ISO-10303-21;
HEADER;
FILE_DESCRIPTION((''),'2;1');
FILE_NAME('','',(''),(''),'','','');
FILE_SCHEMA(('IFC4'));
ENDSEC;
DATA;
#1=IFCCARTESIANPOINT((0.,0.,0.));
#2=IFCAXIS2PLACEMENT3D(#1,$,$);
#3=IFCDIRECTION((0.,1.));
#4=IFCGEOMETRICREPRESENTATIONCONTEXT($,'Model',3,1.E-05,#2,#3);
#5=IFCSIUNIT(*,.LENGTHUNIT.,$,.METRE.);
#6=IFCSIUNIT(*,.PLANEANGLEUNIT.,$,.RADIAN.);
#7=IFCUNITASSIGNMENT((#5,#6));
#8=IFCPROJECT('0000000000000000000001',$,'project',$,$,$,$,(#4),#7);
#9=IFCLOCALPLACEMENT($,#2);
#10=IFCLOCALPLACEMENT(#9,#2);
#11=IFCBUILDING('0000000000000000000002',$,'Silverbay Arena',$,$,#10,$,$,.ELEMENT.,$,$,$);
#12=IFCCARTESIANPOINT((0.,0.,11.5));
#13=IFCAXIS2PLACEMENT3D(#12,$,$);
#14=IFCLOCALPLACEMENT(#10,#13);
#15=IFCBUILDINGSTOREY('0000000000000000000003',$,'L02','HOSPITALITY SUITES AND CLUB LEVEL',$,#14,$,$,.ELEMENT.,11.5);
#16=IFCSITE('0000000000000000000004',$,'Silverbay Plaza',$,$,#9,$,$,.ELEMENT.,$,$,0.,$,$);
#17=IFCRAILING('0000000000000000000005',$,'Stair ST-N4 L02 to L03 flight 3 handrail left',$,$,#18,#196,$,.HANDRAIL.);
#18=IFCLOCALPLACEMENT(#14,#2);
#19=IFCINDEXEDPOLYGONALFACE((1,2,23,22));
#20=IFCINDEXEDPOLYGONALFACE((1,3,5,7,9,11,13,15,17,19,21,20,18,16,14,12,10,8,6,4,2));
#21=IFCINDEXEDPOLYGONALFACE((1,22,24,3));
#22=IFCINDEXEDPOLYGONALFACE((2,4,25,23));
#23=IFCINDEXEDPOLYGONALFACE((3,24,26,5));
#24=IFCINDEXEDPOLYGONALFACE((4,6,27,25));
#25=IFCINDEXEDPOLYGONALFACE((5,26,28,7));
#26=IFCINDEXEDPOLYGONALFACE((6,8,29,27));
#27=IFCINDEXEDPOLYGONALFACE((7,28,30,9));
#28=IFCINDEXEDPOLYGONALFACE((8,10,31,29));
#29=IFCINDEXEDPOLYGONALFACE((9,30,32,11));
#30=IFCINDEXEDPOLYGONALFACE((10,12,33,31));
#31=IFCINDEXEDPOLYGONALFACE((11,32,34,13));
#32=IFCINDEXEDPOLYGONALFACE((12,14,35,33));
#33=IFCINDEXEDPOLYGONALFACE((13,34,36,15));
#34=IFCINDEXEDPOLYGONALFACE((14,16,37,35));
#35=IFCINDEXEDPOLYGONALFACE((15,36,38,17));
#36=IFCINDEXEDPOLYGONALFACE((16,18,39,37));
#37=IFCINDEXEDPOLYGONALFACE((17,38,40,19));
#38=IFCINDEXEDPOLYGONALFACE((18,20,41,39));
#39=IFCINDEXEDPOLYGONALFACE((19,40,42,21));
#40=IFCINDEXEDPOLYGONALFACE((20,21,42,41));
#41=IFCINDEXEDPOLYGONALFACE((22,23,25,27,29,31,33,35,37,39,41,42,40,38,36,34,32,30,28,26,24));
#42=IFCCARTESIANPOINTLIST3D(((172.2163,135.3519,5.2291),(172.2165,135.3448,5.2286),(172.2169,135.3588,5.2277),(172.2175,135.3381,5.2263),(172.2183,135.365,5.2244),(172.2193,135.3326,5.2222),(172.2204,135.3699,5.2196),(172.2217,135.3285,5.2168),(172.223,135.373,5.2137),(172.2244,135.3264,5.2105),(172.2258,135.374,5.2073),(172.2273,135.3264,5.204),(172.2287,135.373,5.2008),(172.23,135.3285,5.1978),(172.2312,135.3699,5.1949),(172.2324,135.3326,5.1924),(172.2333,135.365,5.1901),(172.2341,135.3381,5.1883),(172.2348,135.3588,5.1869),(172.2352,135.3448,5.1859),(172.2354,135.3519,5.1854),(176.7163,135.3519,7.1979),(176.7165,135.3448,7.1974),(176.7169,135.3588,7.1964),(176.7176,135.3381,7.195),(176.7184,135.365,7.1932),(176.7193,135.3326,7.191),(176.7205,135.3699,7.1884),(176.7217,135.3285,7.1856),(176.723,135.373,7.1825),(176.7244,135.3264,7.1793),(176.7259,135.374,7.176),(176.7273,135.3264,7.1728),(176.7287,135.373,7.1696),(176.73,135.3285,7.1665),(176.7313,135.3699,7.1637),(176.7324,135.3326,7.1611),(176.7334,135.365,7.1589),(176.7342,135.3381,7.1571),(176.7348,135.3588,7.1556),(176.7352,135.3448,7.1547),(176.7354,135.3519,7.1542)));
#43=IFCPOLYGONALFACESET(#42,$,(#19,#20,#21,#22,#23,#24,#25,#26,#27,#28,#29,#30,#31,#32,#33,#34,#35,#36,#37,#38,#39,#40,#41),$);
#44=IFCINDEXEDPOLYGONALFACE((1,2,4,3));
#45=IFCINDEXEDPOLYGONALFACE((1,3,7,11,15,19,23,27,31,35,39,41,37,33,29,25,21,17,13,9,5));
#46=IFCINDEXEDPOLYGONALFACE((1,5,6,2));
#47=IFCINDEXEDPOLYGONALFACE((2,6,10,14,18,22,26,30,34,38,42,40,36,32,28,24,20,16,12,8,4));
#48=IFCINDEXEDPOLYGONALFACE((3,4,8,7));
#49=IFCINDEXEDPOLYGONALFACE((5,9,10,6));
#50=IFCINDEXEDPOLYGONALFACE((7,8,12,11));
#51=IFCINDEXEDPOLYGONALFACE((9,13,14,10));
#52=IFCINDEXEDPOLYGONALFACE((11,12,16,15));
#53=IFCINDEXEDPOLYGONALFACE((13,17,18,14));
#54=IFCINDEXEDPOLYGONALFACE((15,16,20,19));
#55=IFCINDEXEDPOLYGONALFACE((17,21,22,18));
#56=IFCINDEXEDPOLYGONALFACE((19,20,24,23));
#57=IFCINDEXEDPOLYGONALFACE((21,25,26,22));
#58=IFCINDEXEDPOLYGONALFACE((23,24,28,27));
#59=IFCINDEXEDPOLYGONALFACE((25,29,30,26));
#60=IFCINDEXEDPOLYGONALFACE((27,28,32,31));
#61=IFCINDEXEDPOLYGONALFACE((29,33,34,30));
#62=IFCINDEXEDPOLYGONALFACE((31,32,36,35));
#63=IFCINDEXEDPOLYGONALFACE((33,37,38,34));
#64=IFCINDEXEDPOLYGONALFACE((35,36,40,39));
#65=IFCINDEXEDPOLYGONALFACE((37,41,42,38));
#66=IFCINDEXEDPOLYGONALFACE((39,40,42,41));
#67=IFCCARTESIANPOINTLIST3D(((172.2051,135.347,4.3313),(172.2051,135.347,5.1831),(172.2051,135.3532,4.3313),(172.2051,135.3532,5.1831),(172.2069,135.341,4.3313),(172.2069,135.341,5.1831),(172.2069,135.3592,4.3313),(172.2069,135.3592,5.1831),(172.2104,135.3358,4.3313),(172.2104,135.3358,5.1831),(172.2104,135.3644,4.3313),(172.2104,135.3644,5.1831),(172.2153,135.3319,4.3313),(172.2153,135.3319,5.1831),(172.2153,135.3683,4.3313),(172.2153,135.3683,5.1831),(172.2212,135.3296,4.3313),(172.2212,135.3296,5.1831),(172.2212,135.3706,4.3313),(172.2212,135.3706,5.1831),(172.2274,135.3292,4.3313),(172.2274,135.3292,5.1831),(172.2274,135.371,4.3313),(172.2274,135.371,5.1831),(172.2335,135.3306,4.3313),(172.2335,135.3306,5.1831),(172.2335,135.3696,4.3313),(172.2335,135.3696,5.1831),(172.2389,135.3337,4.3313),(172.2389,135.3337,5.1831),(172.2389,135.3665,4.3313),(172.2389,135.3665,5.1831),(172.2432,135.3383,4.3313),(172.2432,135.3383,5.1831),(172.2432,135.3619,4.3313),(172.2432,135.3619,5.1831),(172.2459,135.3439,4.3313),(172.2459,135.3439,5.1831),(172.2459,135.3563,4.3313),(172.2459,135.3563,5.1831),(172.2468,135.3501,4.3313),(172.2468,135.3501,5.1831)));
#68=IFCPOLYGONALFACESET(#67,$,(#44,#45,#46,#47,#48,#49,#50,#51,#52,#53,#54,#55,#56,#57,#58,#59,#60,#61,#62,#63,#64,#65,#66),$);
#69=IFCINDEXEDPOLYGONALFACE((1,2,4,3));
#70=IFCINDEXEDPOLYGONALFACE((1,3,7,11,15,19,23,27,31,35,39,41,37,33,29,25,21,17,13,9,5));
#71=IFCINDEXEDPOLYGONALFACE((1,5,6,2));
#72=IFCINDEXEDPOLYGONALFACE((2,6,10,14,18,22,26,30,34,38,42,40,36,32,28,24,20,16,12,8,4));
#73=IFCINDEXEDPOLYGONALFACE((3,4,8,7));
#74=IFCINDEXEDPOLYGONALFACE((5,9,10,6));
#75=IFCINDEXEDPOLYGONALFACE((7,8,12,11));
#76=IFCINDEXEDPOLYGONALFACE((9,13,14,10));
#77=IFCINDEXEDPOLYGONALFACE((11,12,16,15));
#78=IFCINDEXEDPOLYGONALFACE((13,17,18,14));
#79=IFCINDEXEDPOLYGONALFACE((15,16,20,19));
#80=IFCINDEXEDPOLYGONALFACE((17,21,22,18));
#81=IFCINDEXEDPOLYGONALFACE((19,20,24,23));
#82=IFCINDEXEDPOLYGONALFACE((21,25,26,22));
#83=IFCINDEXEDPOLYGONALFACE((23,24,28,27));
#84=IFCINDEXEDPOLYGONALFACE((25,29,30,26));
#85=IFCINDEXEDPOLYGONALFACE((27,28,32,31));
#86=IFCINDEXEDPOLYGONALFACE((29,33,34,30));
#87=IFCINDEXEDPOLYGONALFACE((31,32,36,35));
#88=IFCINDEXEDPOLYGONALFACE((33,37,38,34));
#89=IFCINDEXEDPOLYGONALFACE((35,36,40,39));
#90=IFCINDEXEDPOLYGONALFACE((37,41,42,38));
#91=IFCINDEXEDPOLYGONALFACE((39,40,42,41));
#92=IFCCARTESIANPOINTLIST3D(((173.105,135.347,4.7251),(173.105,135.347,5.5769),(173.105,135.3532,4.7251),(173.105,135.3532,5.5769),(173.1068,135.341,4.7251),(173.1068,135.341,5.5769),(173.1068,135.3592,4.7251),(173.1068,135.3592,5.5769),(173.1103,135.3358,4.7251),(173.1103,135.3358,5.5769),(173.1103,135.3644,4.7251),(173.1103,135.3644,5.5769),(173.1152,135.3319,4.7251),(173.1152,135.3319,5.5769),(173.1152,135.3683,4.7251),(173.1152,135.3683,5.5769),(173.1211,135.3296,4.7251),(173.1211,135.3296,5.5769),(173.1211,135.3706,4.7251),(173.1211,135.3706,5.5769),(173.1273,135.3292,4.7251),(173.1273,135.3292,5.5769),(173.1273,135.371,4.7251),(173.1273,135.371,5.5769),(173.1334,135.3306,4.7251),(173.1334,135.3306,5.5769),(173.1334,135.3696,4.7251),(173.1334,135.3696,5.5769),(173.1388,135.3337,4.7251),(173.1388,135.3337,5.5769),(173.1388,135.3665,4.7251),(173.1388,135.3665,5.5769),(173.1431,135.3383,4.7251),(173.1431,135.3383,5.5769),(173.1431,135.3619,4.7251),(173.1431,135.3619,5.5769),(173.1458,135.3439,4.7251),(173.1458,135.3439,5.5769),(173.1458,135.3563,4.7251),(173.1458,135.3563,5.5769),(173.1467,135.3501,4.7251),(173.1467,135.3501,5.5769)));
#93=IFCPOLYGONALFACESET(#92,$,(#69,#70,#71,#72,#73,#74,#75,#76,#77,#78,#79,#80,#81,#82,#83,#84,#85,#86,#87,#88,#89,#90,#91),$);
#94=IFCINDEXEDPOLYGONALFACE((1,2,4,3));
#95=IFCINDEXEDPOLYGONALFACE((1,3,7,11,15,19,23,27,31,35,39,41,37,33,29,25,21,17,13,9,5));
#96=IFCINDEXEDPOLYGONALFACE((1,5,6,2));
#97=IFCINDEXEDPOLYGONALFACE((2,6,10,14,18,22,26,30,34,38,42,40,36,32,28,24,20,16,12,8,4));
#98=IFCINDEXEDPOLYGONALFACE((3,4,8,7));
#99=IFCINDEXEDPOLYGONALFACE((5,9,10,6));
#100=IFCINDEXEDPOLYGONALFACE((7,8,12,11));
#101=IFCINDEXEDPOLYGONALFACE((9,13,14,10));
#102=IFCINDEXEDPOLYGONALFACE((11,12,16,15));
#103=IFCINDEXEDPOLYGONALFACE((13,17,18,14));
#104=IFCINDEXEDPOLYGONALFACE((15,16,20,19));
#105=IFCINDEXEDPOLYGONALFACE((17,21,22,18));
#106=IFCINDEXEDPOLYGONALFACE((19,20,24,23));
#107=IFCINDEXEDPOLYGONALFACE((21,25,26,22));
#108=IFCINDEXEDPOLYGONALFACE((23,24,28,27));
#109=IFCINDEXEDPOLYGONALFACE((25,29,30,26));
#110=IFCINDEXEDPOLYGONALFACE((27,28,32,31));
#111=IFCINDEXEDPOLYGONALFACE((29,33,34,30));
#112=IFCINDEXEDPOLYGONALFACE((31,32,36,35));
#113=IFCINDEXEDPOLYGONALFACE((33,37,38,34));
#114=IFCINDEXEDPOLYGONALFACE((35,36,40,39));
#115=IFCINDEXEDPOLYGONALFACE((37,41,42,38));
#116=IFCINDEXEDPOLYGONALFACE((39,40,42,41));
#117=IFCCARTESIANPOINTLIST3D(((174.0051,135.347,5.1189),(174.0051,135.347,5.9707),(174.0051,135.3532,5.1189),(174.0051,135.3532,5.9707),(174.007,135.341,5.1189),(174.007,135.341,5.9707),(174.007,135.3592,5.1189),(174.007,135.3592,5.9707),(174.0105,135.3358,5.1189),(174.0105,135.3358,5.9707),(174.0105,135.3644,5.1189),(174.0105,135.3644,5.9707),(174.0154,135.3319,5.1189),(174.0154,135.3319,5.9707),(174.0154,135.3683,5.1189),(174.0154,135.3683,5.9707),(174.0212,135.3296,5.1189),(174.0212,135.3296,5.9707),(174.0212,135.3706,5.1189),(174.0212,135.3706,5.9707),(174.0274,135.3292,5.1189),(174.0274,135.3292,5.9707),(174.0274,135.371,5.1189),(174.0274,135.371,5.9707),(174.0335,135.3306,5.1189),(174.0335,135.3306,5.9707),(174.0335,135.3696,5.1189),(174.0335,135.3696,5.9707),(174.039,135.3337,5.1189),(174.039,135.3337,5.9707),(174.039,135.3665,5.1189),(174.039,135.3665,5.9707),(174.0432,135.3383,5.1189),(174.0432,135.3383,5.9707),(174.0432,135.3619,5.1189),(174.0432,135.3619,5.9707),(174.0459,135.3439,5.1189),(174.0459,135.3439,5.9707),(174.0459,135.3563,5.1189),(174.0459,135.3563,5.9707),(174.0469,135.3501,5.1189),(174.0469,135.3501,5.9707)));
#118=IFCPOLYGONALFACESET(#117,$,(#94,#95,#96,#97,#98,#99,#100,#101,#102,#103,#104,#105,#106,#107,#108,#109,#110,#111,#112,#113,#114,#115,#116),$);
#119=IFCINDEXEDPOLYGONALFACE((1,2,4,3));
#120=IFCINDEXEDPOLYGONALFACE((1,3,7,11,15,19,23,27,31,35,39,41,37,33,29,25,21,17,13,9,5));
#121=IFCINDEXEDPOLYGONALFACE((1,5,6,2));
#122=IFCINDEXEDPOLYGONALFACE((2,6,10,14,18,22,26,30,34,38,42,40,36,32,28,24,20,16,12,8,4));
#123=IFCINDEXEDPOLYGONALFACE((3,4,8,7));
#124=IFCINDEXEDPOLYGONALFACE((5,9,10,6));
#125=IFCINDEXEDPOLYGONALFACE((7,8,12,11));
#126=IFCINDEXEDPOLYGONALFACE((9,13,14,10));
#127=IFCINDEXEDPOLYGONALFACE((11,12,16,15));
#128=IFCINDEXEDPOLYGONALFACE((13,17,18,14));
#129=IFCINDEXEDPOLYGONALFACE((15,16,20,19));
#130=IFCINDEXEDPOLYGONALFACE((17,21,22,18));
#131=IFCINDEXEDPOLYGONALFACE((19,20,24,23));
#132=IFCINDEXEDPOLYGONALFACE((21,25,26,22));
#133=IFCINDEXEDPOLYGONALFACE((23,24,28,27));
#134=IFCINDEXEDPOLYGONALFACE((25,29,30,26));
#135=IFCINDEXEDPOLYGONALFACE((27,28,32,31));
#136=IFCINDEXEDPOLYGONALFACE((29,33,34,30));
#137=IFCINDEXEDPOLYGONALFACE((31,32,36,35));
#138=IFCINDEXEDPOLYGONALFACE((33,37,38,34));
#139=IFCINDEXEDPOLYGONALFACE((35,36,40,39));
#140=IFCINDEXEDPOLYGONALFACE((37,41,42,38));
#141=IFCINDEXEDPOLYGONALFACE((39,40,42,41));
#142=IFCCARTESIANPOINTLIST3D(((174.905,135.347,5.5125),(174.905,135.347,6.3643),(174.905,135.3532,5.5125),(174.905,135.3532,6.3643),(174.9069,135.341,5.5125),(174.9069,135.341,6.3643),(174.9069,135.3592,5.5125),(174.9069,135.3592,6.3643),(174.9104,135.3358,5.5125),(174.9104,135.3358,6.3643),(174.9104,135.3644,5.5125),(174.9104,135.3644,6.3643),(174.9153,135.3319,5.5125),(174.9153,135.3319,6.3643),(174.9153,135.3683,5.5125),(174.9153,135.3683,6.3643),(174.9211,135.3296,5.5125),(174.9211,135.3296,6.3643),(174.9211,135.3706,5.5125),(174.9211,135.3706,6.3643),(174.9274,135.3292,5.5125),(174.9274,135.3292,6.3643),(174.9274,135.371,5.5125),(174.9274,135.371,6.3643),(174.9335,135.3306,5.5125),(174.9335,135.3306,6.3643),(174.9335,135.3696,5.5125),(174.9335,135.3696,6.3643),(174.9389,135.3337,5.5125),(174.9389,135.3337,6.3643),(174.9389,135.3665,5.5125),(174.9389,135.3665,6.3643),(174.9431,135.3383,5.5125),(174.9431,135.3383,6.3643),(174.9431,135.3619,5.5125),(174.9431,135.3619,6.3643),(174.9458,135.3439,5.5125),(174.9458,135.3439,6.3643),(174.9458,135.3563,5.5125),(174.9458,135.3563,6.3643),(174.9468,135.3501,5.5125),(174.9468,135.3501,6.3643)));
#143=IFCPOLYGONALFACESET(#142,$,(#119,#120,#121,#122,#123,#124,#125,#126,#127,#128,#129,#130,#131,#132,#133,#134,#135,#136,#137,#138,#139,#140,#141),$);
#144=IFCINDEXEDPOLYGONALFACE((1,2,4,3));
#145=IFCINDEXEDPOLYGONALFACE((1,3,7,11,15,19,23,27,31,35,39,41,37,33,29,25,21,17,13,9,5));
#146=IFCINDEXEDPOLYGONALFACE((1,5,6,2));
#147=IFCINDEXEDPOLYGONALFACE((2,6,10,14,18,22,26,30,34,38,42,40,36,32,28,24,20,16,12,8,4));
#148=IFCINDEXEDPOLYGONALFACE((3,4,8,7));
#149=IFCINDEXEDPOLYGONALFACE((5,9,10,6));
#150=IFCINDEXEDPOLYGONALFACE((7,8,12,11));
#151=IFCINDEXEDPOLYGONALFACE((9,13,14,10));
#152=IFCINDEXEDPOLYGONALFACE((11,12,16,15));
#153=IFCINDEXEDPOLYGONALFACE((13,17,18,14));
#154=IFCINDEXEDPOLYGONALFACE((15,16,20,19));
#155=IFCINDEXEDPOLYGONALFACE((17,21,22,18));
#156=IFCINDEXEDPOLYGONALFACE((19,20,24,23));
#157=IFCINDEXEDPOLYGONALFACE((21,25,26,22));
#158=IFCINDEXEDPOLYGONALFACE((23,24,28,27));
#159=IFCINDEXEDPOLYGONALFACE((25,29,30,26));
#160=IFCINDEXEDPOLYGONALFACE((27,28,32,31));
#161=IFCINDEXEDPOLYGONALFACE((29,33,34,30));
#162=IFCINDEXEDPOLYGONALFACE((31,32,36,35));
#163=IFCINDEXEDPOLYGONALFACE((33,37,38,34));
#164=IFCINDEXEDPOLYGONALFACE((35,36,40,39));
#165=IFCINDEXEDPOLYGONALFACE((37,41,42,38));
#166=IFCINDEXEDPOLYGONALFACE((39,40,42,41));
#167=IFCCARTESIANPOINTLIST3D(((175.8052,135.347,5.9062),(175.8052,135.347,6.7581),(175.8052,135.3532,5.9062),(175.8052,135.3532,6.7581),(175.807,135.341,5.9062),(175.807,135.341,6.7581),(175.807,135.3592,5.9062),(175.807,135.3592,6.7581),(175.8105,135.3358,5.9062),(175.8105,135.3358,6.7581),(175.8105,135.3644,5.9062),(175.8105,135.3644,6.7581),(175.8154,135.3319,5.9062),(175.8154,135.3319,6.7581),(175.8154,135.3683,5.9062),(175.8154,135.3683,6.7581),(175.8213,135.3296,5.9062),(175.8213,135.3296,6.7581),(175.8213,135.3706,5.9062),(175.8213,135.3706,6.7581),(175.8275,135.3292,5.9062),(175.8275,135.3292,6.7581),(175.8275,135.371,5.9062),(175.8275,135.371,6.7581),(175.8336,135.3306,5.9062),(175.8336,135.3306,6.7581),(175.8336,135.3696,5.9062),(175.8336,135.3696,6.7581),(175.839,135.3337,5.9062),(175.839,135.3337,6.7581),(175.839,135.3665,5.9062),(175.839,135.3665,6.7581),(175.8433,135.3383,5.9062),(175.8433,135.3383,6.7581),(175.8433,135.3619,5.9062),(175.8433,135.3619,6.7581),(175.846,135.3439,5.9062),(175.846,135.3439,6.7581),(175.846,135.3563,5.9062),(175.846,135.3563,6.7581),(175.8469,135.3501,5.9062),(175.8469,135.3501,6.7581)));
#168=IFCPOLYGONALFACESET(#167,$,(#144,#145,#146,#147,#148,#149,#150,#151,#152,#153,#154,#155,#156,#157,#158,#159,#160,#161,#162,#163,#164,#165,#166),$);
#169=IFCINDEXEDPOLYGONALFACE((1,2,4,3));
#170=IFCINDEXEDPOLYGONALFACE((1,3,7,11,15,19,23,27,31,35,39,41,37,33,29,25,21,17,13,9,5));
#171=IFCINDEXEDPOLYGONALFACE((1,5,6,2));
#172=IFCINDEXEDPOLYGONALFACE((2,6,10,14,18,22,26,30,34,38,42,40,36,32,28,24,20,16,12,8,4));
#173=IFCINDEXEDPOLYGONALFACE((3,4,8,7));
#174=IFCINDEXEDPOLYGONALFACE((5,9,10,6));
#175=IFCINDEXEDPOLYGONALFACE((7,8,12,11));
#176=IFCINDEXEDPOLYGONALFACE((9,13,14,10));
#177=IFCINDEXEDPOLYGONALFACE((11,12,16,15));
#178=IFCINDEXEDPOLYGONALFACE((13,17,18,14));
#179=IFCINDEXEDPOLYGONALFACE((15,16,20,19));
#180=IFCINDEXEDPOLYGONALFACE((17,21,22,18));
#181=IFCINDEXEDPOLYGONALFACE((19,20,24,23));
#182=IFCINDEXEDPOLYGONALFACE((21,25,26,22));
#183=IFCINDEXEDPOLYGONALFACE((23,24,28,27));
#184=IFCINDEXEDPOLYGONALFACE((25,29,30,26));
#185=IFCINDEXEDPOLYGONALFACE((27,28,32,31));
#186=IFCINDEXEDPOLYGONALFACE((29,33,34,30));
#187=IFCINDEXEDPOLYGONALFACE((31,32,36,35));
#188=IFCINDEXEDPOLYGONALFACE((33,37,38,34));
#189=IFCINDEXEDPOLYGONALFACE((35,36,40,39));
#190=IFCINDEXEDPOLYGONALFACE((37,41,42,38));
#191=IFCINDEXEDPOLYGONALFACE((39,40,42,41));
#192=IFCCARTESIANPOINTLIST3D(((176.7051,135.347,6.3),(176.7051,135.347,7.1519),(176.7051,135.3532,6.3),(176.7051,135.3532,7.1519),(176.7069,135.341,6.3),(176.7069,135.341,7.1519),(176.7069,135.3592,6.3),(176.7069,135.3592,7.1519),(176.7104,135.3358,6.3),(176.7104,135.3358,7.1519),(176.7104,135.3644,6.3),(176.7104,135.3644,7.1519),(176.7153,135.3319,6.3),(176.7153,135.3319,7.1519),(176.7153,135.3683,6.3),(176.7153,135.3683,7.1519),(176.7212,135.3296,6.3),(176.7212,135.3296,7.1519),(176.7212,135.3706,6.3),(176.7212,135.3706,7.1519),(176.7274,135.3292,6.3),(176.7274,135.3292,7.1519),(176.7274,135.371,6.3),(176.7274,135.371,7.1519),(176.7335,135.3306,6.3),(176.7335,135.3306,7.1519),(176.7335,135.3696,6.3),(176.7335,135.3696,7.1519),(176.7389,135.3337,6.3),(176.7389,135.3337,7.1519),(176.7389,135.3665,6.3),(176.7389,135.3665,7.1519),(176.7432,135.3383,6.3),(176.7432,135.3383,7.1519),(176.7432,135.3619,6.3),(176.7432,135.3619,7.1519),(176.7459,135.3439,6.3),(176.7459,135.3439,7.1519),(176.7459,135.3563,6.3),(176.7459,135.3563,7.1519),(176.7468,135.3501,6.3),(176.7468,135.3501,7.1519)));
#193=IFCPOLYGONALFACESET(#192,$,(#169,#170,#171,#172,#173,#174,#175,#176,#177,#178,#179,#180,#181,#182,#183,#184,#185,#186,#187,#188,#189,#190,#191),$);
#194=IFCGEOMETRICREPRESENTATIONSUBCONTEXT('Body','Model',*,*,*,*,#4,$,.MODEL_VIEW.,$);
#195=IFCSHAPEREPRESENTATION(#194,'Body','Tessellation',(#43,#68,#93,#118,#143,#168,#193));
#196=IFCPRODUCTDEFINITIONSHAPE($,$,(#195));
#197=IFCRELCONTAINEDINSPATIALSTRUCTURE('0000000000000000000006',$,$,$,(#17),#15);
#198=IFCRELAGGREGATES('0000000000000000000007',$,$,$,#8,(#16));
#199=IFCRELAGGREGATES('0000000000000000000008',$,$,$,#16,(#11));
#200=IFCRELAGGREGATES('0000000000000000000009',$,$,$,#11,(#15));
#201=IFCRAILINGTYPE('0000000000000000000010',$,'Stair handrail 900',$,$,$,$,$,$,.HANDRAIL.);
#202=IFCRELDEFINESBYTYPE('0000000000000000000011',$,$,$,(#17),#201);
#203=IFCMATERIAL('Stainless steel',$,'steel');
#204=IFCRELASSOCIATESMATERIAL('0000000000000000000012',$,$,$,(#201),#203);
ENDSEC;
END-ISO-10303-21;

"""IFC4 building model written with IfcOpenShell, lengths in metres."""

from ifc_helpers import new_model, si_unit, direction, frame, origin, origin_2d, place, context, subcontext, project, spatial, circle, extrude, material, type_object, element, save


model = new_model("IFC4")

# Units and contexts
model_context = context("Model", 3, precision=1e-05, world=origin(), true_north=direction((0.0, 1.0)))
body_context = subcontext(model_context, "Body", "Model", "MODEL_VIEW")
ifc_project = project(units=[si_unit("LENGTHUNIT", "METRE"), si_unit("PLANEANGLEUNIT", "RADIAN")], contexts=[model_context])

# Site, building, storey
site_placement = place(None, origin())
site = spatial("IfcSite", under=ifc_project, at=site_placement, Name="Silverbay Plaza", CompositionType="ELEMENT", RefElevation=0.0)
building_placement = place(site_placement, origin())
building = spatial("IfcBuilding", under=site, at=building_placement, Name="Silverbay Arena", CompositionType="ELEMENT")
storey_placement = place(building_placement, frame((0.0, 0.0, 11.5)))
storey = spatial("IfcBuildingStorey", under=building, at=storey_placement, Name="L02", Description="HOSPITALITY SUITES AND CLUB LEVEL", CompositionType="ELEMENT", Elevation=11.5)

# Railing
ifc_material_1 = material(Name="Stainless steel", Category="steel")
railing_type = type_object("IfcRailingType", Name="Stair handrail 900", PredefinedType="HANDRAIL", material=ifc_material_1)
railing_1_placement = place(storey_placement, frame((172.2258, 135.3501, 4.3313)))
element("IfcRailing", 1, at=railing_1_placement, inside=storey, type_object=railing_type, Name="Stair ST-N4 L02 to L03 flight 3 handrail left", PredefinedType="HANDRAIL", context=body_context, shape_type="SweptSolid", body=[
    extrude(circle(Radius=0.0239, at=origin_2d()), frame((0.0, 0.0, 0.876), z_axis=(0.916157, 0.0, 0.400819), x_axis=(0.0, 1.0, 0.0)), (0.0, 0.0, 1.0), 4.9119),
    extrude(circle(Radius=0.021, at=origin_2d()), origin(), (0.0, 0.0, 1.0), 0.8518),
    extrude(circle(Radius=0.021, at=origin_2d()), frame((0.8999, 0.0, 0.3938)), (0.0, 0.0, 1.0), 0.8518),
    extrude(circle(Radius=0.021, at=origin_2d()), frame((1.8, 0.0, 0.7876)), (0.0, 0.0, 1.0), 0.8518),
    extrude(circle(Radius=0.021, at=origin_2d()), frame((2.7, 0.0, 1.1812)), (0.0, 0.0, 1.0), 0.8518),
    extrude(circle(Radius=0.021, at=origin_2d()), frame((3.6001, 0.0, 1.575)), (0.0, 0.0, 1.0), 0.8518),
    extrude(circle(Radius=0.021, at=origin_2d()), frame((4.5, 0.0, 1.9688)), (0.0, 0.0, 1.0), 0.8518),
])

save(model, "model.ifc")
